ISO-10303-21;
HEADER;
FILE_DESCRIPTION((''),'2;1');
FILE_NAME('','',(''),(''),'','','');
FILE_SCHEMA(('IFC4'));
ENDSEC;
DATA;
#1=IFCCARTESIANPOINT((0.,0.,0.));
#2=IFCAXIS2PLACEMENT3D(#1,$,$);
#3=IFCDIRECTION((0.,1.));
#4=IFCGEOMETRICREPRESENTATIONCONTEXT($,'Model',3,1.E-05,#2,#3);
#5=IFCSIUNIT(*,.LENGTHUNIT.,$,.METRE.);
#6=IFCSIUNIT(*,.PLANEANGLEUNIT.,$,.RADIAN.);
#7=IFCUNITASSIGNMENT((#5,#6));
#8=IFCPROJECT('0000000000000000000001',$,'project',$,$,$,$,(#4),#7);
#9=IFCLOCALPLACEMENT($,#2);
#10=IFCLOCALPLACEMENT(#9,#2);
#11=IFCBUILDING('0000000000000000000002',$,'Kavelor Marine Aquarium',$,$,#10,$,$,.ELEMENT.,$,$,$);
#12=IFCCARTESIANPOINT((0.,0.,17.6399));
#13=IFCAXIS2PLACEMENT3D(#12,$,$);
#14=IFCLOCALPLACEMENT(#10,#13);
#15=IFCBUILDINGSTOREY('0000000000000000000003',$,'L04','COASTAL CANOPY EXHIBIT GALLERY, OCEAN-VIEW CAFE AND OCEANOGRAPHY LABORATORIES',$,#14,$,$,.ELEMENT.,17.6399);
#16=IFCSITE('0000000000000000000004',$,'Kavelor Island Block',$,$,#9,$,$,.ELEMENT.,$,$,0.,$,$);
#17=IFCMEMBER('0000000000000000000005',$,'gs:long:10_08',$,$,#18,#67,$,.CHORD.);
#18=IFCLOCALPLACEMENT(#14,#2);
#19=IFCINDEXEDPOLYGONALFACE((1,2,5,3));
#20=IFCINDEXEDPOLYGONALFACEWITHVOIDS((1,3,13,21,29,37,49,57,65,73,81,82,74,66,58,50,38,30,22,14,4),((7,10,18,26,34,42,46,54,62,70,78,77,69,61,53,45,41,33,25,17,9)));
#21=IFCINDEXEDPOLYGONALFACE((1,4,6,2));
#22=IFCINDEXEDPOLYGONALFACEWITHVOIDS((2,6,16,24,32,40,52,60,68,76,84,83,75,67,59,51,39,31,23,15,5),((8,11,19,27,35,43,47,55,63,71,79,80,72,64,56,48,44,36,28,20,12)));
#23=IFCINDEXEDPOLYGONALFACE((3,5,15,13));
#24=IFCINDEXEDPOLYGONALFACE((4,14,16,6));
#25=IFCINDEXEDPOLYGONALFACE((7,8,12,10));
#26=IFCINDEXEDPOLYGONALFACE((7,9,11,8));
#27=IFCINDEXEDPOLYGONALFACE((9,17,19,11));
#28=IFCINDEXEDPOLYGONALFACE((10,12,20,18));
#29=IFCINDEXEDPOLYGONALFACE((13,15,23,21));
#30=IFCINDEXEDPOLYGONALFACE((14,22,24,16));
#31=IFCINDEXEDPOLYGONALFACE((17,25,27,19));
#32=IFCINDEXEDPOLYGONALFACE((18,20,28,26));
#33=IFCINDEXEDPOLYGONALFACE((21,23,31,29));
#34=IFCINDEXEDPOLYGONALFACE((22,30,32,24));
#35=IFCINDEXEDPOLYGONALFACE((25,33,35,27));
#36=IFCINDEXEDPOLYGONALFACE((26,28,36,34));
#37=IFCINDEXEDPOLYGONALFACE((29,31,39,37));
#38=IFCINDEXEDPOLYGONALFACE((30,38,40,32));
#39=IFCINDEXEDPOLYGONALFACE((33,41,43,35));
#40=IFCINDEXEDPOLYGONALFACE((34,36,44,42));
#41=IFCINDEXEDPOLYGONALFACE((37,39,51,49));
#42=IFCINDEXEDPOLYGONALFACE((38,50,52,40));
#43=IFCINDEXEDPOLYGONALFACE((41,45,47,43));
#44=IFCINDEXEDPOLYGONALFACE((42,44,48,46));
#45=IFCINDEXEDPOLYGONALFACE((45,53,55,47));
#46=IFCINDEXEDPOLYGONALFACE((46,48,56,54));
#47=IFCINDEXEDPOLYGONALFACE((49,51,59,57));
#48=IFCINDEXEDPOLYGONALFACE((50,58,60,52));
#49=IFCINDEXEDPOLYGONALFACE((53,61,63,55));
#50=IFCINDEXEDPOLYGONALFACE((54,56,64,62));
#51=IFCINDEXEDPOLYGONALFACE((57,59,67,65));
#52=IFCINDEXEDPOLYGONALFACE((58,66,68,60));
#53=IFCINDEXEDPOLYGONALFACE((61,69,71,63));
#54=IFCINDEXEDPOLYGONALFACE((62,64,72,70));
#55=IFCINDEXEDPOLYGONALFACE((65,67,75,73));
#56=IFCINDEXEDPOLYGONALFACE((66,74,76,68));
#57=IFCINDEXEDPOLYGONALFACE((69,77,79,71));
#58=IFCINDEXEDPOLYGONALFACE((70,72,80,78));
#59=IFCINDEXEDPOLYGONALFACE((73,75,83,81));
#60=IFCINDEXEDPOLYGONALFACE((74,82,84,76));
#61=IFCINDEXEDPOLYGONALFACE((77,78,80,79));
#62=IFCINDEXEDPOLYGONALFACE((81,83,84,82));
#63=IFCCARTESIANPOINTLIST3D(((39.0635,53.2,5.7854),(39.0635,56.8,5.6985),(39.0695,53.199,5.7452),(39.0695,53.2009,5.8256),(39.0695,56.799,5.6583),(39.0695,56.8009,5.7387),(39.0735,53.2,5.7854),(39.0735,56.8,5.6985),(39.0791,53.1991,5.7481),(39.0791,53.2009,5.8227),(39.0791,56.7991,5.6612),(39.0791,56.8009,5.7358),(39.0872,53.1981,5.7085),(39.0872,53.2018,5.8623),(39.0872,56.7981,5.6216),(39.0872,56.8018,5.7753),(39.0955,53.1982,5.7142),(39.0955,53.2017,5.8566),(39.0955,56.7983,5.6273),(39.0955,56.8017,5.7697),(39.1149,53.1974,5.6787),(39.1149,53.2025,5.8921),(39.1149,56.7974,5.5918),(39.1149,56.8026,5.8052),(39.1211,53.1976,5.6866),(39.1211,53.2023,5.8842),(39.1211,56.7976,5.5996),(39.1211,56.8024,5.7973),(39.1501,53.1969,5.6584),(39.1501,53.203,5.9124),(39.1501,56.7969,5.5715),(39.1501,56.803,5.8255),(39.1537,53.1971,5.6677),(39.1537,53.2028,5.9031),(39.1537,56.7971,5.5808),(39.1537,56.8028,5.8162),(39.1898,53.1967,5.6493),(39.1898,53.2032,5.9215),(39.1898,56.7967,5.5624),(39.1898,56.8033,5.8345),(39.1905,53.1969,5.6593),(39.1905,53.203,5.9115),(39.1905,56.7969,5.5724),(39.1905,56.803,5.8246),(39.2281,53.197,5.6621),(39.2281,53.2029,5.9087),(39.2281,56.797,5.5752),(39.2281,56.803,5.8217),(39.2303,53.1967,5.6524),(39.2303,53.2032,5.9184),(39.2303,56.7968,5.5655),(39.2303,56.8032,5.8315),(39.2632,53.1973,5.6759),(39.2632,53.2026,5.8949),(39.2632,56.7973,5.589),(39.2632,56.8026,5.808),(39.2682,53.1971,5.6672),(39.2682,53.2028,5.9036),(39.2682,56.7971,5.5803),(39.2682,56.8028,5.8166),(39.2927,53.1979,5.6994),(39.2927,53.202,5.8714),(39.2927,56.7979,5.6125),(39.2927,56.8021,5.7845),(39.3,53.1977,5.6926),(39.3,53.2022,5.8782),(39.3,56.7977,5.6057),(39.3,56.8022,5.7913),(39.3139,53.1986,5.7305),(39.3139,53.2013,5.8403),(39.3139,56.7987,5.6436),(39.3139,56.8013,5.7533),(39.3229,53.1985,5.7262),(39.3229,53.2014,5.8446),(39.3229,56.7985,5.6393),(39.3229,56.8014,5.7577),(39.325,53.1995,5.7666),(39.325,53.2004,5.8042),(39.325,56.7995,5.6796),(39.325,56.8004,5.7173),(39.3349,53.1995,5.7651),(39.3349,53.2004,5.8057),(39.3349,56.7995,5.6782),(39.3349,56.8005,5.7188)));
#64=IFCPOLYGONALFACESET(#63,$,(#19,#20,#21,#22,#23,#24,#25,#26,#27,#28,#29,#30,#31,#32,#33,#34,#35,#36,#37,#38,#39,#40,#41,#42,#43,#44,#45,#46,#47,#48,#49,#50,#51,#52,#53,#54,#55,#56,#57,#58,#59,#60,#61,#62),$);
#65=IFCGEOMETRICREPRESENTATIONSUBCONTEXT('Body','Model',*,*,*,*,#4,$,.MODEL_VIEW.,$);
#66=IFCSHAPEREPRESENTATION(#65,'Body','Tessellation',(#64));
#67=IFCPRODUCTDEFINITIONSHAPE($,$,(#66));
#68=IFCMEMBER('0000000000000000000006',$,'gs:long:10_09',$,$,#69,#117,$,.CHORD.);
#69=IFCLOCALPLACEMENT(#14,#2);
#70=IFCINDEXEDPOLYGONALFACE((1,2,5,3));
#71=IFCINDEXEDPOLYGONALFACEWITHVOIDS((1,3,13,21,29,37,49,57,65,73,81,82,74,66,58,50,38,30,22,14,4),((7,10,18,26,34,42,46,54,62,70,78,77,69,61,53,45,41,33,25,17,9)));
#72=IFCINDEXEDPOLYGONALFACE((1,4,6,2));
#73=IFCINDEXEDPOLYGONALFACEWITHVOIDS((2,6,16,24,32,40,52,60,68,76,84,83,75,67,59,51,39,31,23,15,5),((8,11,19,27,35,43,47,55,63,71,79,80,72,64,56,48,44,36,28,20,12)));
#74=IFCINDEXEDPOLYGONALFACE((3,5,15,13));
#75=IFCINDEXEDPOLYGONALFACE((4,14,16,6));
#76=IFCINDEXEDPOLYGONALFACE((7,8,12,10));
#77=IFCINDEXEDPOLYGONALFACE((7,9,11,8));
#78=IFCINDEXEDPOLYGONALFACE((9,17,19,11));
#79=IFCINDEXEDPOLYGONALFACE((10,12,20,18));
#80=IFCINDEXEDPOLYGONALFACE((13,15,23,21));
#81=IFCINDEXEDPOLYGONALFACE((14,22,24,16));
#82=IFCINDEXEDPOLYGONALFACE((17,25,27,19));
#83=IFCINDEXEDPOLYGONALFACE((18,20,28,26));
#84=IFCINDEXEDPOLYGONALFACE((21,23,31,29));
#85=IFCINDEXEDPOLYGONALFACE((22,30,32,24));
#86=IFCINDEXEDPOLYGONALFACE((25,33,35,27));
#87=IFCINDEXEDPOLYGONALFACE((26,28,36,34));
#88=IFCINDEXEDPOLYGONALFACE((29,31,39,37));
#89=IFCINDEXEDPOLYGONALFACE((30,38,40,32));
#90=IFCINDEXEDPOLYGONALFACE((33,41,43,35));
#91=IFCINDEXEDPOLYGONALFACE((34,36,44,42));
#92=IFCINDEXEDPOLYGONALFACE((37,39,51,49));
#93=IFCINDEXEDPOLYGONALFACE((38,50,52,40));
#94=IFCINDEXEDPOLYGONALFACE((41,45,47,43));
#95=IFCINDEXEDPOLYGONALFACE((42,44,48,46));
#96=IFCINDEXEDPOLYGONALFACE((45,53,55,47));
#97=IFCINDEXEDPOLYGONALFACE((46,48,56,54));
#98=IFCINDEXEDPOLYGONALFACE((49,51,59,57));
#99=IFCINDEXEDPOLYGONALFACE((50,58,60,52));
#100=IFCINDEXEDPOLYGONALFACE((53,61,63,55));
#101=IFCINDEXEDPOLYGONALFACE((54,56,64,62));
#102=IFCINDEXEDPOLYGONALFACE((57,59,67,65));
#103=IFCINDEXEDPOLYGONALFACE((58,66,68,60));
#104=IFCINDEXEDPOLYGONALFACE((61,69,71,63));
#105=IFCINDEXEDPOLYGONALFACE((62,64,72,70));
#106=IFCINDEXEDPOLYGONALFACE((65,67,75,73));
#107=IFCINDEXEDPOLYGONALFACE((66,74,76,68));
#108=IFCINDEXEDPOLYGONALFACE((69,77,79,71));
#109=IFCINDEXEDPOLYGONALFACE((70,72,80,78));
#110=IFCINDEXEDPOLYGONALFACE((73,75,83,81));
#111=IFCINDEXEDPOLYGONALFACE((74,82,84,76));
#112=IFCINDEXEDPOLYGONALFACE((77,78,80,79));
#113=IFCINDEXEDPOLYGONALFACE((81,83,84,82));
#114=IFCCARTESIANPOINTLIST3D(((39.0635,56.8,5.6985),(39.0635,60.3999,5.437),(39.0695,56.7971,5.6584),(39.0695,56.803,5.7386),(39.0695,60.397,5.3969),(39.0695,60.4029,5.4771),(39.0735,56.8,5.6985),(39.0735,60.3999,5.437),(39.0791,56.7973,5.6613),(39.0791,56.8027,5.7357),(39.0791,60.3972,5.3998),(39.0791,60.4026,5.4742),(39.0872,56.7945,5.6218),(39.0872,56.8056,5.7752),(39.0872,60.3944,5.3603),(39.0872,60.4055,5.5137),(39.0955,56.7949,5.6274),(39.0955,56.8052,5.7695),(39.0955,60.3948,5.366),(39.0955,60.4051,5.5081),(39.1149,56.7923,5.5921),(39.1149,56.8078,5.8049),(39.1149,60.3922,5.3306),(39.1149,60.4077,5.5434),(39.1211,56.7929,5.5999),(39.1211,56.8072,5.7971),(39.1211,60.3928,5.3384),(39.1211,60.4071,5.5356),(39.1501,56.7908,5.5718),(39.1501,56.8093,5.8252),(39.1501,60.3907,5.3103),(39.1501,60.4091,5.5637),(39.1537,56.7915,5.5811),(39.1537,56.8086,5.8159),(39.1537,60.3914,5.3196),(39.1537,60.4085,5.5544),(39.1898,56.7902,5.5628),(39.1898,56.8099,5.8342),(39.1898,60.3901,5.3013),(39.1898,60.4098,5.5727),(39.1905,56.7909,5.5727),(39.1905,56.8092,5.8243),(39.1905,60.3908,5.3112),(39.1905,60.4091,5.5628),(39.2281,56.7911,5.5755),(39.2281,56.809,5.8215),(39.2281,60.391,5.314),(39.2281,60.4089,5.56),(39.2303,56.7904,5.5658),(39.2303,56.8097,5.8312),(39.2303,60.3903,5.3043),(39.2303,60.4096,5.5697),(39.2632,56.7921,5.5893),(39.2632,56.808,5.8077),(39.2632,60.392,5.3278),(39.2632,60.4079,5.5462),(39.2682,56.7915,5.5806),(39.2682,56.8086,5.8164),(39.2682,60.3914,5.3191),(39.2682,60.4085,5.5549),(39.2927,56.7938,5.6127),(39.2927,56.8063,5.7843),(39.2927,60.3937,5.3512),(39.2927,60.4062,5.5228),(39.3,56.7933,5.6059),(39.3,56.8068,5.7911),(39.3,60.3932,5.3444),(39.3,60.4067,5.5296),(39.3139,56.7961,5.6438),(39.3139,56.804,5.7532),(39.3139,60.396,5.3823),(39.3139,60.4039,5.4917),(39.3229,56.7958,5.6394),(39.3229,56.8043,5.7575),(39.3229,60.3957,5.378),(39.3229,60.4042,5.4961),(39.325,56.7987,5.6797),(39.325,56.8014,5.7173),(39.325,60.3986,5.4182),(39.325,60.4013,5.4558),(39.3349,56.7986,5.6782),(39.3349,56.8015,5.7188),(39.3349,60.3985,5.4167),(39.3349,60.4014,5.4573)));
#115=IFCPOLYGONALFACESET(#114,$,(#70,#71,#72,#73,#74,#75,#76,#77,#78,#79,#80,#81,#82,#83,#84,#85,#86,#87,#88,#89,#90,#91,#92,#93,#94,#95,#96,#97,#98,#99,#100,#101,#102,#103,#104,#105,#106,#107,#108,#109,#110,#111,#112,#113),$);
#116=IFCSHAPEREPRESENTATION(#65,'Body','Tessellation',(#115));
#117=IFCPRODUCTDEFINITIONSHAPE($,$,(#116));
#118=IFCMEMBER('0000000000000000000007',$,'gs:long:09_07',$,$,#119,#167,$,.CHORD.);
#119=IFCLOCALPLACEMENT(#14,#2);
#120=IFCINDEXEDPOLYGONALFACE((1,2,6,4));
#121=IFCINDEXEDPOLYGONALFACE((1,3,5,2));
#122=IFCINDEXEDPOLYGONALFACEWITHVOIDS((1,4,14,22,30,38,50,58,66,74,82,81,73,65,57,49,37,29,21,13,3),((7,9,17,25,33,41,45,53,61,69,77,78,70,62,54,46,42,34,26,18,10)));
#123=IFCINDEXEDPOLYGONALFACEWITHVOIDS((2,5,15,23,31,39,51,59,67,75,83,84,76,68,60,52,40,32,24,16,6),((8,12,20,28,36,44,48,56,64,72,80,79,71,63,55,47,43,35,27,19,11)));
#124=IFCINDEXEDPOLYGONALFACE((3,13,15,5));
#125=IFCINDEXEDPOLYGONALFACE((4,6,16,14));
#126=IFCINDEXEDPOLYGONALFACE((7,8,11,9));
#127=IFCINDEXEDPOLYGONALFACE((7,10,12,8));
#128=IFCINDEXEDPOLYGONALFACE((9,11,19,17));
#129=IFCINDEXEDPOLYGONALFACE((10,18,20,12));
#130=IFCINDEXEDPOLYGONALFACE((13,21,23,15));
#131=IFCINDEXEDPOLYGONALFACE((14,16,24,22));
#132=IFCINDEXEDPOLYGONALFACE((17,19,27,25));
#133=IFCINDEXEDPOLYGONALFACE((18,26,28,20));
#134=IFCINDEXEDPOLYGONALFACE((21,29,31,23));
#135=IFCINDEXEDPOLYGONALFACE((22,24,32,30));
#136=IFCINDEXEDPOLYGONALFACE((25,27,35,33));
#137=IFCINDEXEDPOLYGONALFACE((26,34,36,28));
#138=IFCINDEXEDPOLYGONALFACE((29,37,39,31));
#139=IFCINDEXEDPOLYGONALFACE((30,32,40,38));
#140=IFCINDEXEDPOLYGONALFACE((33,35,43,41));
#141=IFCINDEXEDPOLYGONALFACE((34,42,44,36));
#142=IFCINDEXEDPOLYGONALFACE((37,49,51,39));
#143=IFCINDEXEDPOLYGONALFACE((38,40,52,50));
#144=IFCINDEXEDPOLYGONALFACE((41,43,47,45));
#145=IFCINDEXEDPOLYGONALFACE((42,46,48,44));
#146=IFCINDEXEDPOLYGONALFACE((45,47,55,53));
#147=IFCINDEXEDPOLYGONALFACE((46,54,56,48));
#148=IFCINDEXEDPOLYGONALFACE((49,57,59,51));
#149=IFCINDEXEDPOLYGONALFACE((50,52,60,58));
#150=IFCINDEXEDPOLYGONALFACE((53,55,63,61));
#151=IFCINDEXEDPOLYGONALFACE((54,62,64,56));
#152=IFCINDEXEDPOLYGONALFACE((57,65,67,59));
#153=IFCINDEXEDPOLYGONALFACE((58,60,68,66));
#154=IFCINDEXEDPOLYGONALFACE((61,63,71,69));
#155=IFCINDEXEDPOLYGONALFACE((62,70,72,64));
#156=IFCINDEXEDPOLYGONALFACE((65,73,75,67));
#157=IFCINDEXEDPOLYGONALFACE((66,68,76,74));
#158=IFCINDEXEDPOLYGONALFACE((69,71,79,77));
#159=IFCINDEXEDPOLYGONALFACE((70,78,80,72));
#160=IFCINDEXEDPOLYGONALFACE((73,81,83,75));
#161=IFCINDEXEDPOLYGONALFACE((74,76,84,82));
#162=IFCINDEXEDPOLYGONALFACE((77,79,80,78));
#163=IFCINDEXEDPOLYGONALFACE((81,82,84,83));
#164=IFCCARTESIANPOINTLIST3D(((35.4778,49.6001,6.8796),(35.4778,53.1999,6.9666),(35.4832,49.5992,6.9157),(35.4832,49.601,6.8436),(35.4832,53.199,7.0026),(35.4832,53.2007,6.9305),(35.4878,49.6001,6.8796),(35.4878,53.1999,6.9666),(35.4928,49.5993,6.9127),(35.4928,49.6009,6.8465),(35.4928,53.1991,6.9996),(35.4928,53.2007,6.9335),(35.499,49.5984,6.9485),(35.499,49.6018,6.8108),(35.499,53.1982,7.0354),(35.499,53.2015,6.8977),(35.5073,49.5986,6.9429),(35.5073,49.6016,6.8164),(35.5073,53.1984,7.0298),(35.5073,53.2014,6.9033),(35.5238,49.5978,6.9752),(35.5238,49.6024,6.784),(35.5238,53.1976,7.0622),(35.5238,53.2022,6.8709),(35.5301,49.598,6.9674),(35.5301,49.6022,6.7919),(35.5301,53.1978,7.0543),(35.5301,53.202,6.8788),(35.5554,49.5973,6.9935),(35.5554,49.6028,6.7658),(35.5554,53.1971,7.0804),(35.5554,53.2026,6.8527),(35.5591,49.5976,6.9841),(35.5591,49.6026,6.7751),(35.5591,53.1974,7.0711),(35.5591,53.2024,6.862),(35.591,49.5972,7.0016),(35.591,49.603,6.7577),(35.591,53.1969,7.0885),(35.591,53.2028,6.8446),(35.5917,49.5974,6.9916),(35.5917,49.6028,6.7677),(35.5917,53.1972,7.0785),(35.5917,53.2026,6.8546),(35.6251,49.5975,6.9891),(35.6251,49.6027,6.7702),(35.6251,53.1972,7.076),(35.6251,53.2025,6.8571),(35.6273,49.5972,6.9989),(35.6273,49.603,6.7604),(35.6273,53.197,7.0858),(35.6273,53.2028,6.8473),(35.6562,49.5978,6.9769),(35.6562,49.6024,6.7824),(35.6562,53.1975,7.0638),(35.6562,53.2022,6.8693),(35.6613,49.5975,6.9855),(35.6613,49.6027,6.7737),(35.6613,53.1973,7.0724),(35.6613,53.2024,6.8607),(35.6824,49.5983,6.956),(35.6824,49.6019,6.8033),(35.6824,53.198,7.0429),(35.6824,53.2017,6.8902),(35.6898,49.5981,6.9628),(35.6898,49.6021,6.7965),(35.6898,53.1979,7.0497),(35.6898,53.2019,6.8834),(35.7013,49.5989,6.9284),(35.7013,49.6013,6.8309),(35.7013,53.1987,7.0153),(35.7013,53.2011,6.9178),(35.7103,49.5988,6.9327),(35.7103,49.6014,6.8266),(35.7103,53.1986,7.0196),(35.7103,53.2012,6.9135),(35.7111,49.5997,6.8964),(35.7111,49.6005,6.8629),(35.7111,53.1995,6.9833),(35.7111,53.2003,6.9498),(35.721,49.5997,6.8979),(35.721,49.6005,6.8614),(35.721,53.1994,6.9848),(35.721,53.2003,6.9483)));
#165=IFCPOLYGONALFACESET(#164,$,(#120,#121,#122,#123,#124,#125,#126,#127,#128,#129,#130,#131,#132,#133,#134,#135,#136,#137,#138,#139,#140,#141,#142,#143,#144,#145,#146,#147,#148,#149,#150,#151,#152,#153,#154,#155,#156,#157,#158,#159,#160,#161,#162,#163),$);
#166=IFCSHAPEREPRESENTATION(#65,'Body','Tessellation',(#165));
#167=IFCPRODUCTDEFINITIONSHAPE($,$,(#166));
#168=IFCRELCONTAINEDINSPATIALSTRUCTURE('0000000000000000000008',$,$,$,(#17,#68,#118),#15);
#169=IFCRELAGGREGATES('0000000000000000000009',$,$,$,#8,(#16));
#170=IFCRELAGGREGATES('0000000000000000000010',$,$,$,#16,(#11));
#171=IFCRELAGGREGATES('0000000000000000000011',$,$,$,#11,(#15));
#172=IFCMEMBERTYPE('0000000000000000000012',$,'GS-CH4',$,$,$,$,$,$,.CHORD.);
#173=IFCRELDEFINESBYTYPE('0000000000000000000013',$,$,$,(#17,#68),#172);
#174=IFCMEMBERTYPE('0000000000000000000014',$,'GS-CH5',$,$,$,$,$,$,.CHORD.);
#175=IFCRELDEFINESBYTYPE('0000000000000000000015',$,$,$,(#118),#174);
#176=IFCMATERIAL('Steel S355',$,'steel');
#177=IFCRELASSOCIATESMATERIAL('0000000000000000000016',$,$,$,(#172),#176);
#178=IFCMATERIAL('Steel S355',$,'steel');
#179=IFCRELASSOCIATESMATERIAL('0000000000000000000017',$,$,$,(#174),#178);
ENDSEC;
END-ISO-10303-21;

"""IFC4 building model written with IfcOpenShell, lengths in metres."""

from ifc_helpers import new_model, si_unit, direction, frame, origin, origin_2d, place, context, subcontext, project, spatial, hollow_circle, extrude, material, material_profile, profile_set, type_object, element, save


model = new_model("IFC4")

# Units and contexts
model_context = context("Model", 3, precision=1e-05, world=origin(), true_north=direction((0.0, 1.0)))
body_context = subcontext(model_context, "Body", "Model", "MODEL_VIEW")
ifc_project = project(units=[si_unit("LENGTHUNIT", "METRE"), si_unit("PLANEANGLEUNIT", "RADIAN")], contexts=[model_context])

# Site, building, storey
site_placement = place(None, origin())
site = spatial("IfcSite", under=ifc_project, at=site_placement, Name="Kavelor Island Block", CompositionType="ELEMENT", RefElevation=0.0)
building_placement = place(site_placement, origin())
building = spatial("IfcBuilding", under=site, at=building_placement, Name="Kavelor Marine Aquarium", CompositionType="ELEMENT")
storey_placement = place(building_placement, frame((0.0, 0.0, 17.6399)))
storey = spatial("IfcBuildingStorey", under=building, at=storey_placement, Name="L04", Description="COASTAL CANOPY EXHIBIT GALLERY, OCEAN-VIEW CAFE AND OCEANOGRAPHY LABORATORIES", CompositionType="ELEMENT", Elevation=17.6399)

# Members
ifc_material_1 = material(Name="Steel S355", Category="steel")
ifc_material_profile_1 = material_profile(ifc_material_1, hollow_circle(Radius=0.1365, WallThickness=0.01, at=origin_2d()), Name="CHS 273.0x10.0")
ifc_profile_set_1 = profile_set([ifc_material_profile_1], Name="Steel S355")
member_type_1 = type_object("IfcMemberType", Name="GS-CH4", PredefinedType="CHORD", material=ifc_profile_set_1)
member_1_placement = place(storey_placement, frame((39.2, 53.2, 5.7854), z_axis=(0.0, 0.999709, -0.024135), x_axis=(-1.0, 0.0, 0.0)))
element("IfcMember", 1, at=member_1_placement, inside=storey, type_object=member_type_1, Name="gs:long:10_08", PredefinedType="CHORD", context=body_context, shape_type="SweptSolid", body=[
    extrude(hollow_circle(Radius=0.1365, WallThickness=0.01, at=origin_2d()), origin(), (0.0, 0.0, 1.0), 3.6011),
])
member_2_placement = place(storey_placement, frame((39.2, 56.8, 5.6985), z_axis=(0.0, 0.997372, -0.072444), x_axis=(-1.0, 0.0, 0.0)))
element("IfcMember", 2, at=member_2_placement, inside=storey, type_object=member_type_1, Name="gs:long:10_09", PredefinedType="CHORD", context=body_context, shape_type="SweptSolid", body=[
    extrude(hollow_circle(Radius=0.1365, WallThickness=0.01, at=origin_2d()), origin(), (0.0, 0.0, 1.0), 3.6094),
])
ifc_material_2 = material(Name="Steel S355", Category="steel")
ifc_material_profile_2 = material_profile(ifc_material_2, hollow_circle(Radius=0.1223, WallThickness=0.01, at=origin_2d()), Name="CHS 244.5x10.0")
ifc_profile_set_2 = profile_set([ifc_material_profile_2], Name="Steel S355")
member_type_2 = type_object("IfcMemberType", Name="GS-CH5", PredefinedType="CHORD", material=ifc_profile_set_2)
member_3_placement = place(storey_placement, frame((35.6001, 49.6001, 6.8796), z_axis=(0.0, 0.999709, 0.024137), x_axis=(-1.0, 0.0, 0.0)))
element("IfcMember", 3, at=member_3_placement, inside=storey, type_object=member_type_2, Name="gs:long:09_07", PredefinedType="CHORD", context=body_context, shape_type="SweptSolid", body=[
    extrude(hollow_circle(Radius=0.1223, WallThickness=0.01, at=origin_2d()), origin(), (0.0, 0.0, 1.0), 3.6008),
])

save(model, "model.ifc")
